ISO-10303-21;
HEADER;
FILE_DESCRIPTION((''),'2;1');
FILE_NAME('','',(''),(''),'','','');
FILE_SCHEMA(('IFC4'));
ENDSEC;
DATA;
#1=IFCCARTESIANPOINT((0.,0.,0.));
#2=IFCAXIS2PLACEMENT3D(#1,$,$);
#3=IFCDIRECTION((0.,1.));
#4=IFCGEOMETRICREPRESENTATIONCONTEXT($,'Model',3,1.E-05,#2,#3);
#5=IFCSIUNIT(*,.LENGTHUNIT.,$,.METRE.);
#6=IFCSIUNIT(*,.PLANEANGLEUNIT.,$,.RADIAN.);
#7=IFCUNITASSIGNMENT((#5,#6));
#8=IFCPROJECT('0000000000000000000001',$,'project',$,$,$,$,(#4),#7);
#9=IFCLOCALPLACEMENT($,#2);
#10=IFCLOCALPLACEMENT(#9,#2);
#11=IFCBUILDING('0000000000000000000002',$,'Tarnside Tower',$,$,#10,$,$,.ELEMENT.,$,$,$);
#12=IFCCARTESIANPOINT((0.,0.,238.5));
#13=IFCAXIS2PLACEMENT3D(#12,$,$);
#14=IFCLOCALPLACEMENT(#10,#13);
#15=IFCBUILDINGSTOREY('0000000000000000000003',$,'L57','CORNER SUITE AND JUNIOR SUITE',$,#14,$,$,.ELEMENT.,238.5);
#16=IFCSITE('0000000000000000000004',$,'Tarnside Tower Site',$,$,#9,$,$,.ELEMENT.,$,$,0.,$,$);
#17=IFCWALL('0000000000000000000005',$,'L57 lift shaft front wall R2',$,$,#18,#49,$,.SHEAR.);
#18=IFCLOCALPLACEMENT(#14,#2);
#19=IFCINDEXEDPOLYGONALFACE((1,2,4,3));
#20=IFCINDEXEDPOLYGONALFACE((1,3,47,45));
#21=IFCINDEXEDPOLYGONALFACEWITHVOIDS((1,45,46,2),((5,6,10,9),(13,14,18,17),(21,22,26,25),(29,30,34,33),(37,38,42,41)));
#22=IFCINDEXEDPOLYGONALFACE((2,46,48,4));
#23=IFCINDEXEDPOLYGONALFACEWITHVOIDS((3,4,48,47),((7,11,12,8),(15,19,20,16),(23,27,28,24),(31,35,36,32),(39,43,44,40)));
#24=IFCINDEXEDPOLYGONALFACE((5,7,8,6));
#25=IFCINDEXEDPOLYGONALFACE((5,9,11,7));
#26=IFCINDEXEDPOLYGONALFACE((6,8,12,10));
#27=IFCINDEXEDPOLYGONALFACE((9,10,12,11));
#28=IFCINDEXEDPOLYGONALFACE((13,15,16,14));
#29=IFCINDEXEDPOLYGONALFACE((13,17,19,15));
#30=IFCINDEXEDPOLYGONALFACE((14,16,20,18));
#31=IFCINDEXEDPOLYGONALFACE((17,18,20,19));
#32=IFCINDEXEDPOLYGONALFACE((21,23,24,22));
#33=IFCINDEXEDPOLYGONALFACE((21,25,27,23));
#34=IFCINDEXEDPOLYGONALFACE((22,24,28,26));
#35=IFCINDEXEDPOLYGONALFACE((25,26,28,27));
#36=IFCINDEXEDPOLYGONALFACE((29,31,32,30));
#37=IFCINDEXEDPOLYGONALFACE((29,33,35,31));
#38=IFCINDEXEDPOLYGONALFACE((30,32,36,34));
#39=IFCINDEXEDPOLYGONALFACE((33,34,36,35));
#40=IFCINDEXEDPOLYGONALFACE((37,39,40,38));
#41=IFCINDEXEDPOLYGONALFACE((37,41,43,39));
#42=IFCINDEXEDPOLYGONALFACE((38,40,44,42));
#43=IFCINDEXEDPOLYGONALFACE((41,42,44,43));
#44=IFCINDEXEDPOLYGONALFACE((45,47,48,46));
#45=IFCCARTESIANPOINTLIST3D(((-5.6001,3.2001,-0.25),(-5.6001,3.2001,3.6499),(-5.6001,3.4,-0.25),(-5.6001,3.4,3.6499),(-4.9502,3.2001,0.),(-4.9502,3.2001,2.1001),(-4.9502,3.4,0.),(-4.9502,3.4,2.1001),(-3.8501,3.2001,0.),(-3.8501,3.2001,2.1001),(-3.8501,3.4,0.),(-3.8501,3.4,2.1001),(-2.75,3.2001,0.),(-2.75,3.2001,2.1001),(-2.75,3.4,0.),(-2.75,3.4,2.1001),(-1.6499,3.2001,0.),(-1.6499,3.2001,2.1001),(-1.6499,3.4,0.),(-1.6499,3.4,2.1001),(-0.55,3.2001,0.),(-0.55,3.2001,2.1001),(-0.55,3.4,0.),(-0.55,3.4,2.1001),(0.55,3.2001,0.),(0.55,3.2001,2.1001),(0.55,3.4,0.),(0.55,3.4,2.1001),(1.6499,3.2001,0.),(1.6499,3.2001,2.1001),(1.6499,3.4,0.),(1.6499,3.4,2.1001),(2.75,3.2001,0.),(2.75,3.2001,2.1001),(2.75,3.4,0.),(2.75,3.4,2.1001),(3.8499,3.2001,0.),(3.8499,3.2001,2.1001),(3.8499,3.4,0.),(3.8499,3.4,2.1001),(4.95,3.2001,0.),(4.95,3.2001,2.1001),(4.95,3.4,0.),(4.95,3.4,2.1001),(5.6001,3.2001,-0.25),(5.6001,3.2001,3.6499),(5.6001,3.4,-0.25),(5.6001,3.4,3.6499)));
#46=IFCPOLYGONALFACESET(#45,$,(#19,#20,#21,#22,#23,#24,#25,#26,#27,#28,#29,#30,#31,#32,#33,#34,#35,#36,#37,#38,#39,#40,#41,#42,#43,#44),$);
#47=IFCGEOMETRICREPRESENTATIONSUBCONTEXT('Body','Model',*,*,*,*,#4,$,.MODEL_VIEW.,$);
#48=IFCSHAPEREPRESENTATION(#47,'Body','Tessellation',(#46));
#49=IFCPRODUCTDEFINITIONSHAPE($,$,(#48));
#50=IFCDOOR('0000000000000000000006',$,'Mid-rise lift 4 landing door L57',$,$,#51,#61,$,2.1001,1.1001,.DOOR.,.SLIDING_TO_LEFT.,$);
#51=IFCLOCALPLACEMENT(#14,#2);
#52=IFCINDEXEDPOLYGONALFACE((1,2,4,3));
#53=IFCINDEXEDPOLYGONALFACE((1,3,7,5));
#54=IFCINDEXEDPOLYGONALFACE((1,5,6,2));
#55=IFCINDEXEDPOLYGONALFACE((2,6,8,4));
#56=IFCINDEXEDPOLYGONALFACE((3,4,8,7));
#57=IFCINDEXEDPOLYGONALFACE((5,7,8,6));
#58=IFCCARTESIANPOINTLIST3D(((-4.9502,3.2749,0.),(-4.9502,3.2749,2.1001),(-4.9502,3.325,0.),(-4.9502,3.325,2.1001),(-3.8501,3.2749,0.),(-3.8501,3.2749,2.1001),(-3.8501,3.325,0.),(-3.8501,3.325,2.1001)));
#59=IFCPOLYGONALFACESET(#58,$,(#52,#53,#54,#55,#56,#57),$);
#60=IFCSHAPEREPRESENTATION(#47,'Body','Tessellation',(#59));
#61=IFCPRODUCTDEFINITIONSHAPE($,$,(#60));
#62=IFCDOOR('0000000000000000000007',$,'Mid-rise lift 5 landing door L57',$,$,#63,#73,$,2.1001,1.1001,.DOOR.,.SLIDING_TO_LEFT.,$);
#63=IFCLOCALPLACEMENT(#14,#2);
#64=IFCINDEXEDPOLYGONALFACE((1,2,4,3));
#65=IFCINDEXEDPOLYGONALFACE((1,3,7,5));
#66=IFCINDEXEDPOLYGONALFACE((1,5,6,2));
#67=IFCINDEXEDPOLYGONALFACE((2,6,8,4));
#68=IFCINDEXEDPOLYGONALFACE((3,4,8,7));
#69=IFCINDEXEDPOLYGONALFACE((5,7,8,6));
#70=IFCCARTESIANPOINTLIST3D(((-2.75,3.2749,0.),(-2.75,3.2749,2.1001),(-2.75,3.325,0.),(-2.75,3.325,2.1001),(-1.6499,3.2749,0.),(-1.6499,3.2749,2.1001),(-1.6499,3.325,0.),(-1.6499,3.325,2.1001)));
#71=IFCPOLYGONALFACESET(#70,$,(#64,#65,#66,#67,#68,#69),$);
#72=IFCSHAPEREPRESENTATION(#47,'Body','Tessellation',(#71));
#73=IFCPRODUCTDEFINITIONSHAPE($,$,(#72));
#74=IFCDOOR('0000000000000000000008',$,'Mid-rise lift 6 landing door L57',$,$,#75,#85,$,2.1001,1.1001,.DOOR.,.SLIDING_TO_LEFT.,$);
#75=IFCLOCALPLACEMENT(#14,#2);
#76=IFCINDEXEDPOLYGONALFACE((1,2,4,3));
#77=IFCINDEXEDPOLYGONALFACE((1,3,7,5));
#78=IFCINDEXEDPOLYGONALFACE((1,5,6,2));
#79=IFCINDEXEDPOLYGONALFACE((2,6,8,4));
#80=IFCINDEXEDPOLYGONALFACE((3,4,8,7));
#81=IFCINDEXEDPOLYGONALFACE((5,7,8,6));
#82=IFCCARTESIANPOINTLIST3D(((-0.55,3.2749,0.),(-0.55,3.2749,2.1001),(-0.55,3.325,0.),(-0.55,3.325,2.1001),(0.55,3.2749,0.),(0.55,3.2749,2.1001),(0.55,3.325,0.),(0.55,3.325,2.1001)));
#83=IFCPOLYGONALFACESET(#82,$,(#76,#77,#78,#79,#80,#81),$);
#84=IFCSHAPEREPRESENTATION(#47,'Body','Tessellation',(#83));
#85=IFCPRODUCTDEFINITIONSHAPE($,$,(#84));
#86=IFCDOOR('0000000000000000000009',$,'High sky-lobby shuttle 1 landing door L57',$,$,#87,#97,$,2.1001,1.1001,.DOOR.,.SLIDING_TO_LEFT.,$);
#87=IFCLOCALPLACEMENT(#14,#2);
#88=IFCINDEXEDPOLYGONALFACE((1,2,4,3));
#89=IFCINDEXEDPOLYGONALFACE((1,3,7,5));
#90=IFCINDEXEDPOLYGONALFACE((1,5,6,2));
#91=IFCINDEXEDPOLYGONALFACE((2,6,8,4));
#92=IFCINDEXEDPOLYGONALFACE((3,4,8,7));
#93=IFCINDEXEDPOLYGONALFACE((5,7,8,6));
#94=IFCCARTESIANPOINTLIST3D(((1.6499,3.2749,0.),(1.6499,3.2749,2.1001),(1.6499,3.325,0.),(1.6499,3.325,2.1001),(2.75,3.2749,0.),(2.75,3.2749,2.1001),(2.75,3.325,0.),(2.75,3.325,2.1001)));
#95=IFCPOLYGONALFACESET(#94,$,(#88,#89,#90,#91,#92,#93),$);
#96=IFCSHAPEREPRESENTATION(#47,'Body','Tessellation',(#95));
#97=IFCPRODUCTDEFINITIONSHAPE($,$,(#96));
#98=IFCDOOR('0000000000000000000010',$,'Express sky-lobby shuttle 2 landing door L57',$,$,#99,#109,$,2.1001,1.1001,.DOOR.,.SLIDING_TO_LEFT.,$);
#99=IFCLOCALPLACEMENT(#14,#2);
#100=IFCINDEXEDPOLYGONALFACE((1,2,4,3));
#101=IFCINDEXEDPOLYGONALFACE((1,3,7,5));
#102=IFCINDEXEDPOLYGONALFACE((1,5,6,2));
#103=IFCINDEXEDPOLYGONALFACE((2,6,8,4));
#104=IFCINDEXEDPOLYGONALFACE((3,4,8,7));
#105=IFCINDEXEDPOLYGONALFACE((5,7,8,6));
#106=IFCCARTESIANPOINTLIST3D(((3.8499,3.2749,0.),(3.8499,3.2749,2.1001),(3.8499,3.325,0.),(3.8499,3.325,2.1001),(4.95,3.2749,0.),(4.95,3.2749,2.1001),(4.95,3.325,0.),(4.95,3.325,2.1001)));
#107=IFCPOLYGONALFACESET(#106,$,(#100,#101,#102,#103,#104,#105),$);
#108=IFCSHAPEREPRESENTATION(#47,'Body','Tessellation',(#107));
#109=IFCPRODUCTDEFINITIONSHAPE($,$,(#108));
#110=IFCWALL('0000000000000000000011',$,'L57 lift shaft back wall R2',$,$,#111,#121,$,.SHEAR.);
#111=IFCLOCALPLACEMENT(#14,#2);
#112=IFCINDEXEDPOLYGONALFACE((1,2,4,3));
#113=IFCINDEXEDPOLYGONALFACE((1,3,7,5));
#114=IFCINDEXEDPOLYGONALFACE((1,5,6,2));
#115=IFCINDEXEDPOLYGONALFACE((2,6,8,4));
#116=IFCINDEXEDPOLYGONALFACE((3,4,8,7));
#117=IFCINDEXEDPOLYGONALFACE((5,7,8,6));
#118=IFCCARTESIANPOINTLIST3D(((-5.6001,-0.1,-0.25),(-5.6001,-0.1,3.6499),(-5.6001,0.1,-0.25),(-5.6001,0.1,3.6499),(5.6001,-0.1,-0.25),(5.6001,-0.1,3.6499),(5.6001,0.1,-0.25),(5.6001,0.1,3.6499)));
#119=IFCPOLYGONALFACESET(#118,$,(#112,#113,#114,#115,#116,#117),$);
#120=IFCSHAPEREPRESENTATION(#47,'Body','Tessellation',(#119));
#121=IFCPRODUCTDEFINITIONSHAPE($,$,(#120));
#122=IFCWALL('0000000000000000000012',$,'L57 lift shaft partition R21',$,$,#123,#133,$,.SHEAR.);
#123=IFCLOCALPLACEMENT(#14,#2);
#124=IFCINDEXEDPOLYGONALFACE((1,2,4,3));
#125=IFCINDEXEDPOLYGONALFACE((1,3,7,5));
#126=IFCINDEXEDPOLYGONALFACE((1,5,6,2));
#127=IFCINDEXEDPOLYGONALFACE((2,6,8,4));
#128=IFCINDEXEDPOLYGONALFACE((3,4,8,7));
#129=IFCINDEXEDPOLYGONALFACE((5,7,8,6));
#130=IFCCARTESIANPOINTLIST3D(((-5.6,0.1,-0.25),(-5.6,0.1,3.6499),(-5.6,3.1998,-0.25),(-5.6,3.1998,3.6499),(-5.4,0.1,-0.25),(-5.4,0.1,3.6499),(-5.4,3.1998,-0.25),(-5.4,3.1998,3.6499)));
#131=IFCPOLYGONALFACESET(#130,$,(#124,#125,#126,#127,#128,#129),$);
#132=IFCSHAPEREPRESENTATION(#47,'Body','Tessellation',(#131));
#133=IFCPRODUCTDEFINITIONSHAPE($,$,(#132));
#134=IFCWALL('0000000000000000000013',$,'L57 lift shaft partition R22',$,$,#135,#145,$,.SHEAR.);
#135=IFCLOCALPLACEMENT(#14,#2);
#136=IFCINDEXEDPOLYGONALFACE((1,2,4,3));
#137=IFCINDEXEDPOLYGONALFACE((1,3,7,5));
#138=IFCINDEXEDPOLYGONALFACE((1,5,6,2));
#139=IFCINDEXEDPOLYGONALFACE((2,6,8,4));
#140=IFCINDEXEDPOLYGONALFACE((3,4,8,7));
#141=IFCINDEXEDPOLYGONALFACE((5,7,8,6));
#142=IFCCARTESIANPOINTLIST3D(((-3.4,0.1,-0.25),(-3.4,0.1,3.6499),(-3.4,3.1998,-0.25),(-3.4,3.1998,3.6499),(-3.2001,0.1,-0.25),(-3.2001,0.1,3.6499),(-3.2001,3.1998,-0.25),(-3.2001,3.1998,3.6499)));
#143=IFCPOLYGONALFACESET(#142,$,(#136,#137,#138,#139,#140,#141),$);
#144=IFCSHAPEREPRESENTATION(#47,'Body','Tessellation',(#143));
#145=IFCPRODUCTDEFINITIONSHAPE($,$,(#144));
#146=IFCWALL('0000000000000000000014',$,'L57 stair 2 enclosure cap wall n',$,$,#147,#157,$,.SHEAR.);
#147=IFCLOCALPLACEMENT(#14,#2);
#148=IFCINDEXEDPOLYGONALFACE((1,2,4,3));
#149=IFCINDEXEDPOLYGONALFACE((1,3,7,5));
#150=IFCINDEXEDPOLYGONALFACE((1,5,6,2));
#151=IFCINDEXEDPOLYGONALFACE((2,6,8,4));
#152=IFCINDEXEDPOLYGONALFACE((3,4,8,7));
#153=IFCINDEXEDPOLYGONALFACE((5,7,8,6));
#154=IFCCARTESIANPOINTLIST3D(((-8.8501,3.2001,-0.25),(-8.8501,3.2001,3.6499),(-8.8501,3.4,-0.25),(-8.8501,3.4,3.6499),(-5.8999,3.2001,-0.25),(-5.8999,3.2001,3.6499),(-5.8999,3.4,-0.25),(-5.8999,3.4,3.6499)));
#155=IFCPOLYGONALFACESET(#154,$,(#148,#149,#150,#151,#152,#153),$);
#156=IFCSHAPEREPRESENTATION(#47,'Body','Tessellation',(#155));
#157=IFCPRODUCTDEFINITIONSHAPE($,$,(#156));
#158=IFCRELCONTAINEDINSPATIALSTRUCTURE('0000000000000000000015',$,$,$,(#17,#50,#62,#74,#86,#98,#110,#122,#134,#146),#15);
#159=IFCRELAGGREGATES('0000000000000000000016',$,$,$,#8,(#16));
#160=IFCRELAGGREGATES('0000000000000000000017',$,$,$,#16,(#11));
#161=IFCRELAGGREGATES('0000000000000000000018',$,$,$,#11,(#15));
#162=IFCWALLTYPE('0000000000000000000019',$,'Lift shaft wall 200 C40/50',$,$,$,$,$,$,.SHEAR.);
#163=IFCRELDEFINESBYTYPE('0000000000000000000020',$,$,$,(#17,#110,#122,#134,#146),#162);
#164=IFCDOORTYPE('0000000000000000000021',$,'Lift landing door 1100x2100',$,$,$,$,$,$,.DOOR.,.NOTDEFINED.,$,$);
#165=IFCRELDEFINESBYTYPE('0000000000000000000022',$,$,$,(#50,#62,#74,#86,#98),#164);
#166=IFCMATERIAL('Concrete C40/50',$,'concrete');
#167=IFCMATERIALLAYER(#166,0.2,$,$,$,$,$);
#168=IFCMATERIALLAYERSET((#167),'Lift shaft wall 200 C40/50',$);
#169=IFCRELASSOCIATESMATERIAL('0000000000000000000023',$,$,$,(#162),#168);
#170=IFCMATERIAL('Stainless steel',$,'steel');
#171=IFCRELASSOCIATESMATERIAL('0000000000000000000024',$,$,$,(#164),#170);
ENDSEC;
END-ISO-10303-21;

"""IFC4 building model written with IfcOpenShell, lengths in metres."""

from ifc_helpers import new_model, si_unit, direction, frame, frame_2d, origin, place, context, subcontext, project, spatial, rectangle, extrude, material, layer, layer_set, type_object, element, fill, save


model = new_model("IFC4")

# Units and contexts
model_context = context("Model", 3, precision=1e-05, world=origin(), true_north=direction((0.0, 1.0)))
body_context = subcontext(model_context, "Body", "Model", "MODEL_VIEW")
ifc_project = project(units=[si_unit("LENGTHUNIT", "METRE"), si_unit("PLANEANGLEUNIT", "RADIAN")], contexts=[model_context])

# Site, building, storey
site_placement = place(None, origin())
site = spatial("IfcSite", under=ifc_project, at=site_placement, Name="Tarnside Tower Site", CompositionType="ELEMENT", RefElevation=0.0)
building_placement = place(site_placement, origin())
building = spatial("IfcBuilding", under=site, at=building_placement, Name="Tarnside Tower", CompositionType="ELEMENT")
storey_placement = place(building_placement, frame((0.0, 0.0, 238.5)))
storey = spatial("IfcBuildingStorey", under=building, at=storey_placement, Name="L57", Description="CORNER SUITE AND JUNIOR SUITE", CompositionType="ELEMENT", Elevation=238.5)

# Shared definitions
ifc_material_1 = material(Name="Concrete C40/50", Category="concrete")
ifc_layer_1 = layer(ifc_material_1, 0.2)
ifc_layer_set_1 = layer_set([ifc_layer_1], Name="Lift shaft wall 200 C40/50")
wall_type_1 = type_object("IfcWallType", Name="Lift shaft wall 200 C40/50", PredefinedType="SHEAR", material=ifc_layer_set_1)
ifc_material_2 = material(Name="Stainless steel", Category="steel")
door_type_1 = type_object("IfcDoorType", Name="Lift landing door 1100x2100", OperationType="NOTDEFINED", PredefinedType="DOOR", material=ifc_material_2)

# Wall, openings, doors
wall_1_placement = place(storey_placement, frame((-5.6001, 3.3, -0.25), z_axis=(0.0, 0.0, 1.0), x_axis=(1.0, 0.0, 0.0)))
wall_1 = element("IfcWall", 1, at=wall_1_placement, inside=storey, type_object=wall_type_1, Name="L57 lift shaft front wall R2", PredefinedType="SHEAR", context=body_context, shape_type="SweptSolid", body=[
    extrude(rectangle(XDim=11.2002, YDim=0.2, at=frame_2d((5.6001, 0.0))), origin(), (0.0, 0.0, 1.0), 3.8999),
])
opening_1_placement = place(wall_1_placement, frame((0.6499, 0.0, 0.25)))
opening_1 = element("IfcOpeningElement", 2, at=opening_1_placement, cuts=wall_1, PredefinedType="OPENING", context=body_context, shape_type="SweptSolid", body=[
    extrude(rectangle(XDim=1.1001, YDim=2.1001, at=frame_2d((0.55, 1.05))), frame((0.0, 0.1099, 0.0), z_axis=(0.0, -1.0, 0.0), x_axis=(1.0, 0.0, 0.0)), (0.0, 0.0, 1.0), 0.22),
])
opening_2_placement = place(wall_1_placement, frame((2.8501, 0.0, 0.25)))
opening_2 = element("IfcOpeningElement", 3, at=opening_2_placement, cuts=wall_1, PredefinedType="OPENING", context=body_context, shape_type="SweptSolid", body=[
    extrude(rectangle(XDim=1.1001, YDim=2.1001, at=frame_2d((0.55, 1.05))), frame((0.0, 0.1099, 0.0), z_axis=(0.0, -1.0, 0.0), x_axis=(1.0, 0.0, 0.0)), (0.0, 0.0, 1.0), 0.22),
])
opening_3_placement = place(wall_1_placement, frame((5.05, 0.0, 0.25)))
opening_3 = element("IfcOpeningElement", 4, at=opening_3_placement, cuts=wall_1, PredefinedType="OPENING", context=body_context, shape_type="SweptSolid", body=[
    extrude(rectangle(XDim=1.1001, YDim=2.1001, at=frame_2d((0.55, 1.05))), frame((0.0, 0.1099, 0.0), z_axis=(0.0, -1.0, 0.0), x_axis=(1.0, 0.0, 0.0)), (0.0, 0.0, 1.0), 0.22),
])
opening_4_placement = place(wall_1_placement, frame((7.25, 0.0, 0.25)))
opening_4 = element("IfcOpeningElement", 5, at=opening_4_placement, cuts=wall_1, PredefinedType="OPENING", context=body_context, shape_type="SweptSolid", body=[
    extrude(rectangle(XDim=1.1001, YDim=2.1001, at=frame_2d((0.55, 1.05))), frame((0.0, 0.1099, 0.0), z_axis=(0.0, -1.0, 0.0), x_axis=(1.0, 0.0, 0.0)), (0.0, 0.0, 1.0), 0.22),
])
opening_5_placement = place(wall_1_placement, frame((9.45, 0.0, 0.25)))
opening_5 = element("IfcOpeningElement", 6, at=opening_5_placement, cuts=wall_1, PredefinedType="OPENING", context=body_context, shape_type="SweptSolid", body=[
    extrude(rectangle(XDim=1.1001, YDim=2.1001, at=frame_2d((0.55, 1.05))), frame((0.0, 0.1099, 0.0), z_axis=(0.0, -1.0, 0.0), x_axis=(1.0, 0.0, 0.0)), (0.0, 0.0, 1.0), 0.22),
])
door_1_placement = place(opening_1_placement, origin())
door_1 = element("IfcDoor", 7, at=door_1_placement, inside=storey, type_object=door_type_1, Name="Mid-rise lift 4 landing door L57", OperationType="SLIDING_TO_LEFT", OverallHeight=2.1001, OverallWidth=1.1001, PredefinedType="DOOR", context=body_context, shape_type="SweptSolid", body=[
    extrude(rectangle(XDim=1.1001, YDim=2.1001, at=frame_2d((0.55, 1.05))), frame((0.0, 0.0249, 0.0), z_axis=(0.0, -1.0, 0.0), x_axis=(1.0, 0.0, 0.0)), (0.0, 0.0, 1.0), 0.05),
])
fill(opening_1, door_1)
door_2_placement = place(opening_2_placement, origin())
door_2 = element("IfcDoor", 8, at=door_2_placement, inside=storey, type_object=door_type_1, Name="Mid-rise lift 5 landing door L57", OperationType="SLIDING_TO_LEFT", OverallHeight=2.1001, OverallWidth=1.1001, PredefinedType="DOOR", context=body_context, shape_type="SweptSolid", body=[
    extrude(rectangle(XDim=1.1001, YDim=2.1001, at=frame_2d((0.55, 1.05))), frame((0.0, 0.0249, 0.0), z_axis=(0.0, -1.0, 0.0), x_axis=(1.0, 0.0, 0.0)), (0.0, 0.0, 1.0), 0.05),
])
fill(opening_2, door_2)
door_3_placement = place(opening_3_placement, origin())
door_3 = element("IfcDoor", 9, at=door_3_placement, inside=storey, type_object=door_type_1, Name="Mid-rise lift 6 landing door L57", OperationType="SLIDING_TO_LEFT", OverallHeight=2.1001, OverallWidth=1.1001, PredefinedType="DOOR", context=body_context, shape_type="SweptSolid", body=[
    extrude(rectangle(XDim=1.1001, YDim=2.1001, at=frame_2d((0.55, 1.05))), frame((0.0, 0.0249, 0.0), z_axis=(0.0, -1.0, 0.0), x_axis=(1.0, 0.0, 0.0)), (0.0, 0.0, 1.0), 0.05),
])
fill(opening_3, door_3)
door_4_placement = place(opening_4_placement, origin())
door_4 = element("IfcDoor", 10, at=door_4_placement, inside=storey, type_object=door_type_1, Name="High sky-lobby shuttle 1 landing door L57", OperationType="SLIDING_TO_LEFT", OverallHeight=2.1001, OverallWidth=1.1001, PredefinedType="DOOR", context=body_context, shape_type="SweptSolid", body=[
    extrude(rectangle(XDim=1.1001, YDim=2.1001, at=frame_2d((0.55, 1.05))), frame((0.0, 0.0249, 0.0), z_axis=(0.0, -1.0, 0.0), x_axis=(1.0, 0.0, 0.0)), (0.0, 0.0, 1.0), 0.05),
])
fill(opening_4, door_4)
door_5_placement = place(opening_5_placement, origin())
door_5 = element("IfcDoor", 11, at=door_5_placement, inside=storey, type_object=door_type_1, Name="Express sky-lobby shuttle 2 landing door L57", OperationType="SLIDING_TO_LEFT", OverallHeight=2.1001, OverallWidth=1.1001, PredefinedType="DOOR", context=body_context, shape_type="SweptSolid", body=[
    extrude(rectangle(XDim=1.1001, YDim=2.1001, at=frame_2d((0.55, 1.05))), frame((0.0, 0.0249, 0.0), z_axis=(0.0, -1.0, 0.0), x_axis=(1.0, 0.0, 0.0)), (0.0, 0.0, 1.0), 0.05),
])
fill(opening_5, door_5)

# Walls
wall_2_placement = place(storey_placement, frame((-5.6001, 0.0, -0.25), z_axis=(0.0, 0.0, 1.0), x_axis=(1.0, 0.0, 0.0)))
element("IfcWall", 12, at=wall_2_placement, inside=storey, type_object=wall_type_1, Name="L57 lift shaft back wall R2", PredefinedType="SHEAR", context=body_context, shape_type="SweptSolid", body=[
    extrude(rectangle(XDim=11.2002, YDim=0.2, at=frame_2d((5.6001, 0.0))), origin(), (0.0, 0.0, 1.0), 3.8999),
])
for number, where, z_axis, x_axis, name in (
    (13, (-5.5, 0.1001, -0.25), (0.0, 0.0, 1.0), (0.0, 1.0, 0.0), "L57 lift shaft partition R21"),
    (14, (-3.3, 0.1001, -0.25), (0.0, 0.0, 1.0), (0.0, 1.0, 0.0), "L57 lift shaft partition R22"),
):
    element("IfcWall", number, at=place(storey_placement, frame(where, z_axis=z_axis, x_axis=x_axis)), inside=storey, type_object=wall_type_1, Name=name, PredefinedType="SHEAR", context=body_context, shape_type="SweptSolid", body=[
        extrude(rectangle(XDim=3.0999, YDim=0.2, at=frame_2d((1.5498, 0.0))), origin(), (0.0, 0.0, 1.0), 3.8999),
    ])
wall_3_placement = place(storey_placement, frame((-8.8501, 3.3, -0.25), z_axis=(0.0, 0.0, 1.0), x_axis=(1.0, 0.0, 0.0)))
element("IfcWall", 15, at=wall_3_placement, inside=storey, type_object=wall_type_1, Name="L57 stair 2 enclosure cap wall n", PredefinedType="SHEAR", context=body_context, shape_type="SweptSolid", body=[
    extrude(rectangle(XDim=2.9502, YDim=0.2, at=frame_2d((1.4751, 0.0))), origin(), (0.0, 0.0, 1.0), 3.8999),
])

save(model, "model.ifc")
